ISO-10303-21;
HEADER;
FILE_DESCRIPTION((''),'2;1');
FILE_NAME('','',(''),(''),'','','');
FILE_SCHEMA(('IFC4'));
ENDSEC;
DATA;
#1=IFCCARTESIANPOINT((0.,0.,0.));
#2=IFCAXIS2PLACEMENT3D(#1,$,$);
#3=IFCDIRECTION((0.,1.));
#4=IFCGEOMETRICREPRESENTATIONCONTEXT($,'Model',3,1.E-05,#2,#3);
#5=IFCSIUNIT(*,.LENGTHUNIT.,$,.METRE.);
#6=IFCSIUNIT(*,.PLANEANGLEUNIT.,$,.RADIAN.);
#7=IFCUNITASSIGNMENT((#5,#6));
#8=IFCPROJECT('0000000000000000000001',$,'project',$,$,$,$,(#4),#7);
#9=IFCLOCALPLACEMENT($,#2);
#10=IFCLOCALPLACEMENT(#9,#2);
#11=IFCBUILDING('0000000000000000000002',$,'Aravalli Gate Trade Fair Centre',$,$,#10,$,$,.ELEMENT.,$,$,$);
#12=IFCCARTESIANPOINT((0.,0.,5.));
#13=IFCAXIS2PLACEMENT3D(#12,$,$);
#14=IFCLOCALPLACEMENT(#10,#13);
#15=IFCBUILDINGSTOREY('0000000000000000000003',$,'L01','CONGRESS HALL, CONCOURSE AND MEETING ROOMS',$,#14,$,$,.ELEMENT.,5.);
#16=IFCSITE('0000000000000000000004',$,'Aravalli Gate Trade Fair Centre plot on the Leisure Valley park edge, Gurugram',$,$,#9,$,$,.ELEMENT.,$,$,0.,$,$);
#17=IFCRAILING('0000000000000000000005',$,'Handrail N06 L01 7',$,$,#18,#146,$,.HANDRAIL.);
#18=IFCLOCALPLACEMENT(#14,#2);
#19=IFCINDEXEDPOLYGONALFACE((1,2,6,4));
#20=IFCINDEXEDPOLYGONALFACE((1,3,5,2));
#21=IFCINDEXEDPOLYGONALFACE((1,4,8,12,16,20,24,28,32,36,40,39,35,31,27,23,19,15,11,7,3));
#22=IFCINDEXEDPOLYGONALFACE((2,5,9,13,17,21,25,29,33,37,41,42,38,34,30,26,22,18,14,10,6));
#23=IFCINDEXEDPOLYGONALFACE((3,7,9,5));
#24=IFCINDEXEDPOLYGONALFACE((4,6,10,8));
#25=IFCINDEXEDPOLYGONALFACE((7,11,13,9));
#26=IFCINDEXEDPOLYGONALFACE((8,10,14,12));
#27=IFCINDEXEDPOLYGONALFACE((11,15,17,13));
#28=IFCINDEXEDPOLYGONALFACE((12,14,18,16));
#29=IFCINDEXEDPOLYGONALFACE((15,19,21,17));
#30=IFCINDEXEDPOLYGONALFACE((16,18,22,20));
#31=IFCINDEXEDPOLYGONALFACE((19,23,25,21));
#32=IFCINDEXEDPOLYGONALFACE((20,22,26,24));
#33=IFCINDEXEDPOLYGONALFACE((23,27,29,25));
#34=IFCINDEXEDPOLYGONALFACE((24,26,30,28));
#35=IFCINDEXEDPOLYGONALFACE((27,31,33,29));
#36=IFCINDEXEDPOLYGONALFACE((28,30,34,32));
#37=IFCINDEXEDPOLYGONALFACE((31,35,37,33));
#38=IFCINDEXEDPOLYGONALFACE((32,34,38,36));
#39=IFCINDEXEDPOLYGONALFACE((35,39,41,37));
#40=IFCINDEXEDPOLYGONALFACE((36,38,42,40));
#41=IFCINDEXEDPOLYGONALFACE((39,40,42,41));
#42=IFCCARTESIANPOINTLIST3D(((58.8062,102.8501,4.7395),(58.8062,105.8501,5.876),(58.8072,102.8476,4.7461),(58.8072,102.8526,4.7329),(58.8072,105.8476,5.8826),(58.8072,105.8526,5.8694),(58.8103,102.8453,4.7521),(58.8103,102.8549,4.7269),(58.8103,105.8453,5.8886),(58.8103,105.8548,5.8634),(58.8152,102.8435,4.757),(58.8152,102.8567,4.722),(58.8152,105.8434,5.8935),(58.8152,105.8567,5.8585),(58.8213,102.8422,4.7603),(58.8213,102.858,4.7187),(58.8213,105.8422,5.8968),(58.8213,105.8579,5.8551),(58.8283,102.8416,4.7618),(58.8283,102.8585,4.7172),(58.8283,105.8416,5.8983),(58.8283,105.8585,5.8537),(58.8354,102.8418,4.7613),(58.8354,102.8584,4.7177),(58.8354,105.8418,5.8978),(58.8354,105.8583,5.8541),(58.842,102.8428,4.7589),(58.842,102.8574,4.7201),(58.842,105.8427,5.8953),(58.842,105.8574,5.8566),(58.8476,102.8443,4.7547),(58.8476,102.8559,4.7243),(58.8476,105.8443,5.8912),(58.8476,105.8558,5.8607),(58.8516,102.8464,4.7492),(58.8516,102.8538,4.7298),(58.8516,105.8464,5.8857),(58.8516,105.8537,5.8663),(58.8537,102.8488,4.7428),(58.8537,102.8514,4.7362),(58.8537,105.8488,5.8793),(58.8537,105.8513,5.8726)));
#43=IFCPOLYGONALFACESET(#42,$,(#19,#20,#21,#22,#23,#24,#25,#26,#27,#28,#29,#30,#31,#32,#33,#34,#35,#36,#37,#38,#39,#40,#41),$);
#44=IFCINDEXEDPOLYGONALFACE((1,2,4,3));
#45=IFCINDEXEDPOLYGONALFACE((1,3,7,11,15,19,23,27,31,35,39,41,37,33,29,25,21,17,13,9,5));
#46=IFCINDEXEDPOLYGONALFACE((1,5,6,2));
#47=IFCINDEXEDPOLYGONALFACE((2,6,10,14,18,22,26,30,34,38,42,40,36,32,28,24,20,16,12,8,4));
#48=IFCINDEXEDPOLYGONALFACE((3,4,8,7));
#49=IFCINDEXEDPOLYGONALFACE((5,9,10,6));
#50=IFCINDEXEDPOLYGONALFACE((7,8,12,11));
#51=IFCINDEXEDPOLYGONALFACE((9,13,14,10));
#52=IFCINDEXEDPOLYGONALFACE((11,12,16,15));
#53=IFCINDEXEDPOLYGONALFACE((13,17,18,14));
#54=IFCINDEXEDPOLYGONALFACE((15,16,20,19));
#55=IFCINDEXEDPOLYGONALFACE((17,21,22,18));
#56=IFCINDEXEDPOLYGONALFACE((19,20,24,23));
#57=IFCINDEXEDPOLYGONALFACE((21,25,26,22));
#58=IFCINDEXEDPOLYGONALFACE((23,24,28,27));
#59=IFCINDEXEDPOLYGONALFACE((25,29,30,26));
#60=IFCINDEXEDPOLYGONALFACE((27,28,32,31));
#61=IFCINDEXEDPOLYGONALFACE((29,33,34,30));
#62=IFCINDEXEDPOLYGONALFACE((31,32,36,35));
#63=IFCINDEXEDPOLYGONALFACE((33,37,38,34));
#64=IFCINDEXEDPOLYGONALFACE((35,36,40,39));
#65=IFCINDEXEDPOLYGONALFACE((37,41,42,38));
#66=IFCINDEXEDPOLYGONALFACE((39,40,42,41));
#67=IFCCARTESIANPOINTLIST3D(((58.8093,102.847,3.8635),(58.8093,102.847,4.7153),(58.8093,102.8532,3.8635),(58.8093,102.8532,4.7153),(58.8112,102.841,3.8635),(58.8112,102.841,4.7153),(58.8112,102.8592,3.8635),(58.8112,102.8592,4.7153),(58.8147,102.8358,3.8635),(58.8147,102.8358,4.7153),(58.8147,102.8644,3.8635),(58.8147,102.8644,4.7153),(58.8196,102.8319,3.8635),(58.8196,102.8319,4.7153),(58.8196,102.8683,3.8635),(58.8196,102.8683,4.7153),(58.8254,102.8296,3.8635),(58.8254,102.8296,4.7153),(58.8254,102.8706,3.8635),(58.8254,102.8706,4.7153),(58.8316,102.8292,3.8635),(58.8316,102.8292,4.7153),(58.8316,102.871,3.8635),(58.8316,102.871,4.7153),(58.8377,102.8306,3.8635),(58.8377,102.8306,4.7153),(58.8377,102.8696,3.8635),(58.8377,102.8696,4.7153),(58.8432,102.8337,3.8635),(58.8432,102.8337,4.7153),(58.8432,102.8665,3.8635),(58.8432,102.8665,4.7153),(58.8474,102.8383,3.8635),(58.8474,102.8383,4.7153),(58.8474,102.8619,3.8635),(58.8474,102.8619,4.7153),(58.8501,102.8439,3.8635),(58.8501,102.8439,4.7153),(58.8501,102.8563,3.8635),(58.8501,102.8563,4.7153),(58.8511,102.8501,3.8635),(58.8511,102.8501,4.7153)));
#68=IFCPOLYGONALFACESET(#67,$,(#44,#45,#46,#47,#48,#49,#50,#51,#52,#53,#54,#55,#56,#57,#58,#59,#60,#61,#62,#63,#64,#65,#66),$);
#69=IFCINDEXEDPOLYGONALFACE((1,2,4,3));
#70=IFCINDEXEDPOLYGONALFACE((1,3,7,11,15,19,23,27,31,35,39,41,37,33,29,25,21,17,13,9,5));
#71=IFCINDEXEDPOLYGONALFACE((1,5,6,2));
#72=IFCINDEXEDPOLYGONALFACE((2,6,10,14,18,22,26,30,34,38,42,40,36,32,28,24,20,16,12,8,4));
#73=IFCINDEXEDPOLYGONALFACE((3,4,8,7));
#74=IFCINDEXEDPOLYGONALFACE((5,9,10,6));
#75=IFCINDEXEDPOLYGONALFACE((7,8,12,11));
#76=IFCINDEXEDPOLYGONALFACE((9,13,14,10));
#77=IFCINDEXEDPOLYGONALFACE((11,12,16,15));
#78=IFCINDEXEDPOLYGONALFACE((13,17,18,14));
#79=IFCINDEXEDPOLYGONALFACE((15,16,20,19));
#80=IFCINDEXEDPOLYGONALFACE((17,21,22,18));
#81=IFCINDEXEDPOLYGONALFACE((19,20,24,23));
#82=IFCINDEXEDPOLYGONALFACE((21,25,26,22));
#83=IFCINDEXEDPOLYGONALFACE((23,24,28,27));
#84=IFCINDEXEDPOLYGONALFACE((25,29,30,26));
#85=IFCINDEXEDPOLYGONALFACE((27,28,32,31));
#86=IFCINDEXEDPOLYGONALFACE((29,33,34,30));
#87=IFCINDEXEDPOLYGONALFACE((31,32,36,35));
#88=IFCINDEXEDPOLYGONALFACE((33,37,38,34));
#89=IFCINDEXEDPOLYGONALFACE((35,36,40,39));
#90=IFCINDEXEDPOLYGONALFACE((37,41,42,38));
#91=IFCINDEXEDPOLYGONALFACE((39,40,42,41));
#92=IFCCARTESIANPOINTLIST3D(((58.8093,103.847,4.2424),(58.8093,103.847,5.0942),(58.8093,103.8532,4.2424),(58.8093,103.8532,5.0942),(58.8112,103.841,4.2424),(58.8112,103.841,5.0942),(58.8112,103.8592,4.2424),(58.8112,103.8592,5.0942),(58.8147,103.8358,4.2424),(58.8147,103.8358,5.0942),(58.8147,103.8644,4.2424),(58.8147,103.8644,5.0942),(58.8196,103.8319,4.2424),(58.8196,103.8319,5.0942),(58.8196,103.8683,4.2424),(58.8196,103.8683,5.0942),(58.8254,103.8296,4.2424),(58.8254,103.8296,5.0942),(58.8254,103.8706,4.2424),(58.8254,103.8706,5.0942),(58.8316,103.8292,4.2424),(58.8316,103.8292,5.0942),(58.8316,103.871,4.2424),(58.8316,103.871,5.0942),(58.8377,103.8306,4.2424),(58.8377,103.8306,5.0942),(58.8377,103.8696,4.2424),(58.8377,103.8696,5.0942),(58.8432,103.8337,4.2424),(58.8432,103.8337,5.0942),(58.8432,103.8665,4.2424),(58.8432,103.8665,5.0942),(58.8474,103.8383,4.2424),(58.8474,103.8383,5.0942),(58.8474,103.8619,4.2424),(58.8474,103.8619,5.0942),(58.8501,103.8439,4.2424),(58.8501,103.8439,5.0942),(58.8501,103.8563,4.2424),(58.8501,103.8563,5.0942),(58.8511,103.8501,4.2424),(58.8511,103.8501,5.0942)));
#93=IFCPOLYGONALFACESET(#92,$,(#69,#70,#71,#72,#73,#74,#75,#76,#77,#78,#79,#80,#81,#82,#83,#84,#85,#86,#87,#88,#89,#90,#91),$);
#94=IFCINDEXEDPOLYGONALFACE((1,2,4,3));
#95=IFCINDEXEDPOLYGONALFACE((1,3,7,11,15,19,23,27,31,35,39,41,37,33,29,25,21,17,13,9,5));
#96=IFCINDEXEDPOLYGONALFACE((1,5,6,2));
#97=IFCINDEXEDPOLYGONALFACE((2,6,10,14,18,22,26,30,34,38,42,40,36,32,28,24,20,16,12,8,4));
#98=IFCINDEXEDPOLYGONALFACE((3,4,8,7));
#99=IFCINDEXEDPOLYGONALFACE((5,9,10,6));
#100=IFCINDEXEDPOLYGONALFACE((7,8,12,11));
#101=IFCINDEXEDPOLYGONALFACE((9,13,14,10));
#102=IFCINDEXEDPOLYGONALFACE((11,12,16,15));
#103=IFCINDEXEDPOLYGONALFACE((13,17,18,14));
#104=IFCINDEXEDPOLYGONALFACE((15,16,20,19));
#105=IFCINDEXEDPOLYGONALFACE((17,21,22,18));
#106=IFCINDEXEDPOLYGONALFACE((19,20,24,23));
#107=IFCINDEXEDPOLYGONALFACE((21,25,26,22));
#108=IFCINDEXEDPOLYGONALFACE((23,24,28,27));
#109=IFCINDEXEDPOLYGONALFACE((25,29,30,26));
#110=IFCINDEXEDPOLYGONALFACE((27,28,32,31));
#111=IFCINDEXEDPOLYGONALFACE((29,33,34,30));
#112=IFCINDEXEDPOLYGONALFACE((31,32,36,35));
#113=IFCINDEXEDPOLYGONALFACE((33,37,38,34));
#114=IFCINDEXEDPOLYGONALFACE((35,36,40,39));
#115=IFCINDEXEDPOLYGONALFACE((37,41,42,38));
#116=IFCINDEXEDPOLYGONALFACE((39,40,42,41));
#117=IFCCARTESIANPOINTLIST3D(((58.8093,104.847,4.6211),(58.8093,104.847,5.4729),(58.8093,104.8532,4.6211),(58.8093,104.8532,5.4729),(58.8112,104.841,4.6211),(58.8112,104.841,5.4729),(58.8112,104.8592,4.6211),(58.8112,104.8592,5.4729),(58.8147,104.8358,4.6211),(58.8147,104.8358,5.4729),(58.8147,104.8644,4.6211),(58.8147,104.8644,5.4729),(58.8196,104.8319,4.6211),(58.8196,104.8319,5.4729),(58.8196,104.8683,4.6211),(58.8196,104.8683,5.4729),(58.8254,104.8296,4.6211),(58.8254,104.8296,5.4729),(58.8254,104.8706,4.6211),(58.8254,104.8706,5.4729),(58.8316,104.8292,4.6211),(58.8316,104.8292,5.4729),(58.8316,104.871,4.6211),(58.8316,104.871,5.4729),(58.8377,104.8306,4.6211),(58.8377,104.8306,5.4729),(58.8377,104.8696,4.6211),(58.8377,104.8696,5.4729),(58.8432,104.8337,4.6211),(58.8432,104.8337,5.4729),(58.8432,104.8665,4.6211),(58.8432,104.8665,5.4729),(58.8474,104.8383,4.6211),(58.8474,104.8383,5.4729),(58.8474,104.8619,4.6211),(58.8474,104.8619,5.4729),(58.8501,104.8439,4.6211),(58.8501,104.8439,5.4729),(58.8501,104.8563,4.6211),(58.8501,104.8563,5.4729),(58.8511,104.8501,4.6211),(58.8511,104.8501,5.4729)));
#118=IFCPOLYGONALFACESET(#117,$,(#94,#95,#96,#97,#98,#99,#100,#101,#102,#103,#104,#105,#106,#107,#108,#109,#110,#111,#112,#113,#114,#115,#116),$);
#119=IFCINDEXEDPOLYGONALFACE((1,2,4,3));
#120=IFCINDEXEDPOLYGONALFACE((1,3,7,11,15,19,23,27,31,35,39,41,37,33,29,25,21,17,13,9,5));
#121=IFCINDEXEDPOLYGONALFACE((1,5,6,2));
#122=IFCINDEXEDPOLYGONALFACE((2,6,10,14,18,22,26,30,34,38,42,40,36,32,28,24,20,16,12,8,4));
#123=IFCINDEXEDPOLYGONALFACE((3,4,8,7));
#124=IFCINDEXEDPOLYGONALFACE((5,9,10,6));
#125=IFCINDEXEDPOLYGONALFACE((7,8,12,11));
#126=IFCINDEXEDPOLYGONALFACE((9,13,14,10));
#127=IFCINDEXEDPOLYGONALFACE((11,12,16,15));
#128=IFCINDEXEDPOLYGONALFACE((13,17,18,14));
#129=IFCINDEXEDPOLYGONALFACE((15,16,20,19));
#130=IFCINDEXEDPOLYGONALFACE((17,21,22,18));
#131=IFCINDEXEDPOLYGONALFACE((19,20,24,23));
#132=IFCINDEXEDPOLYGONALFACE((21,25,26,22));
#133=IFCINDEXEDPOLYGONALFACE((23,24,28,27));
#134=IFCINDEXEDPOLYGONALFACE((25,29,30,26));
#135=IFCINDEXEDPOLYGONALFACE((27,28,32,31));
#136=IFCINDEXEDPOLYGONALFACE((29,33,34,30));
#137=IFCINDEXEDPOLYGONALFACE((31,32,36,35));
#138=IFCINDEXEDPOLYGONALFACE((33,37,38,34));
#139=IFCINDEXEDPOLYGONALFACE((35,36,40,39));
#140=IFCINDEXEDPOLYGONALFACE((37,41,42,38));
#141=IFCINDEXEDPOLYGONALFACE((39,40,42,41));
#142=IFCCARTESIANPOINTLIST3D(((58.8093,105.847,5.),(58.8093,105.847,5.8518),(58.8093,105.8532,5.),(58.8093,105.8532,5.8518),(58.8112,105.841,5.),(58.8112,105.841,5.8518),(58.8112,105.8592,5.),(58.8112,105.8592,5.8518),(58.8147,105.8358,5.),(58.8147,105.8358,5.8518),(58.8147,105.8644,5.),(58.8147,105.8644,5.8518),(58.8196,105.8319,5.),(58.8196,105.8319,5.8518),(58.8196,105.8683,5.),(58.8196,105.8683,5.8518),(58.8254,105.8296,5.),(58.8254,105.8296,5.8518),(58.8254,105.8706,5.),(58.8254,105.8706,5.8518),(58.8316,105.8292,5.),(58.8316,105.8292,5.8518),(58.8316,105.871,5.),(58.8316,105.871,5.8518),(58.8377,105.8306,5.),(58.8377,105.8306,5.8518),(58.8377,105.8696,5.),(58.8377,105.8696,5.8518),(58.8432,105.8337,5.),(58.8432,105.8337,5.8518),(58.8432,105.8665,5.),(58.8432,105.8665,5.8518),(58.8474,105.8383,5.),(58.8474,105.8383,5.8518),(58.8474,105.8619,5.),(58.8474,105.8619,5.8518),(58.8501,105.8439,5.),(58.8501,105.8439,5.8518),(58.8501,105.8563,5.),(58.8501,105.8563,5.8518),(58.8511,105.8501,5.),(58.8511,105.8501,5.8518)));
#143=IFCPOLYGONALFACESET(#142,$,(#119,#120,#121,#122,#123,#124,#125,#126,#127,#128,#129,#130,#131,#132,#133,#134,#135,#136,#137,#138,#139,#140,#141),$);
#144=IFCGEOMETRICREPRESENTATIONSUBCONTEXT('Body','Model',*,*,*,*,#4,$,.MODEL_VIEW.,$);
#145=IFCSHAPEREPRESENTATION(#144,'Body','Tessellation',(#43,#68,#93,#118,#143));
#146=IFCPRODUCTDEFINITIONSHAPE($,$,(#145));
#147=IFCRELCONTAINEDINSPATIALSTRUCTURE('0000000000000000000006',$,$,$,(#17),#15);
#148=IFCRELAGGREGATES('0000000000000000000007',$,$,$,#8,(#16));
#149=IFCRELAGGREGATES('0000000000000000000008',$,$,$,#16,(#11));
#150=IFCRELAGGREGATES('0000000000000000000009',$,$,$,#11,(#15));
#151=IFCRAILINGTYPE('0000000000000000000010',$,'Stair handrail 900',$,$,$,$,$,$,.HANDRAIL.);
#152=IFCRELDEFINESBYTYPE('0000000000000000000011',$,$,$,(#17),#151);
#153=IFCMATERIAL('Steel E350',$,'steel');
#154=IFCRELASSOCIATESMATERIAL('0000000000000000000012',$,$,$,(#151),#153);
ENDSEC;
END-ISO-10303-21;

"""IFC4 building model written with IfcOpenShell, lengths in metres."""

from ifc_helpers import new_model, si_unit, direction, frame, origin, origin_2d, place, context, subcontext, project, spatial, circle, extrude, material, type_object, element, save


model = new_model("IFC4")

# Units and contexts
model_context = context("Model", 3, precision=1e-05, world=origin(), true_north=direction((0.0, 1.0)))
body_context = subcontext(model_context, "Body", "Model", "MODEL_VIEW")
ifc_project = project(units=[si_unit("LENGTHUNIT", "METRE"), si_unit("PLANEANGLEUNIT", "RADIAN")], contexts=[model_context])

# Site, building, storey
site_placement = place(None, origin())
site = spatial("IfcSite", under=ifc_project, at=site_placement, Name="Aravalli Gate Trade Fair Centre plot on the Leisure Valley park edge, Gurugram", CompositionType="ELEMENT", RefElevation=0.0)
building_placement = place(site_placement, origin())
building = spatial("IfcBuilding", under=site, at=building_placement, Name="Aravalli Gate Trade Fair Centre", CompositionType="ELEMENT")
storey_placement = place(building_placement, frame((0.0, 0.0, 5.0)))
storey = spatial("IfcBuildingStorey", under=building, at=storey_placement, Name="L01", Description="CONGRESS HALL, CONCOURSE AND MEETING ROOMS", CompositionType="ELEMENT", Elevation=5.0)

# Railing
ifc_material_1 = material(Name="Steel E350", Category="steel")
railing_type = type_object("IfcRailingType", Name="Stair handrail 900", PredefinedType="HANDRAIL", material=ifc_material_1)
for number, where, name in (
    (1, (58.8301, 102.8501, 3.8635), "Handrail N06 L01 7"),
):
    element("IfcRailing", number, at=place(storey_placement, frame(where)), inside=storey, type_object=railing_type, Name=name, PredefinedType="HANDRAIL", context=body_context, shape_type="SweptSolid", body=[
        extrude(circle(Radius=0.0239, at=origin_2d()), frame((0.0, 0.0, 0.876), z_axis=(0.0, 0.935148, 0.354257), x_axis=(-1.0, 0.0, 0.0)), (0.0, 0.0, 1.0), 3.208),
        extrude(circle(Radius=0.021, at=origin_2d()), origin(), (0.0, 0.0, 1.0), 0.8518),
        extrude(circle(Radius=0.021, at=origin_2d()), frame((0.0, 1.0, 0.3789)), (0.0, 0.0, 1.0), 0.8518),
        extrude(circle(Radius=0.021, at=origin_2d()), frame((0.0, 2.0, 0.7576)), (0.0, 0.0, 1.0), 0.8518),
        extrude(circle(Radius=0.021, at=origin_2d()), frame((0.0, 3.0, 1.1365)), (0.0, 0.0, 1.0), 0.8518),
    ])

save(model, "model.ifc")
